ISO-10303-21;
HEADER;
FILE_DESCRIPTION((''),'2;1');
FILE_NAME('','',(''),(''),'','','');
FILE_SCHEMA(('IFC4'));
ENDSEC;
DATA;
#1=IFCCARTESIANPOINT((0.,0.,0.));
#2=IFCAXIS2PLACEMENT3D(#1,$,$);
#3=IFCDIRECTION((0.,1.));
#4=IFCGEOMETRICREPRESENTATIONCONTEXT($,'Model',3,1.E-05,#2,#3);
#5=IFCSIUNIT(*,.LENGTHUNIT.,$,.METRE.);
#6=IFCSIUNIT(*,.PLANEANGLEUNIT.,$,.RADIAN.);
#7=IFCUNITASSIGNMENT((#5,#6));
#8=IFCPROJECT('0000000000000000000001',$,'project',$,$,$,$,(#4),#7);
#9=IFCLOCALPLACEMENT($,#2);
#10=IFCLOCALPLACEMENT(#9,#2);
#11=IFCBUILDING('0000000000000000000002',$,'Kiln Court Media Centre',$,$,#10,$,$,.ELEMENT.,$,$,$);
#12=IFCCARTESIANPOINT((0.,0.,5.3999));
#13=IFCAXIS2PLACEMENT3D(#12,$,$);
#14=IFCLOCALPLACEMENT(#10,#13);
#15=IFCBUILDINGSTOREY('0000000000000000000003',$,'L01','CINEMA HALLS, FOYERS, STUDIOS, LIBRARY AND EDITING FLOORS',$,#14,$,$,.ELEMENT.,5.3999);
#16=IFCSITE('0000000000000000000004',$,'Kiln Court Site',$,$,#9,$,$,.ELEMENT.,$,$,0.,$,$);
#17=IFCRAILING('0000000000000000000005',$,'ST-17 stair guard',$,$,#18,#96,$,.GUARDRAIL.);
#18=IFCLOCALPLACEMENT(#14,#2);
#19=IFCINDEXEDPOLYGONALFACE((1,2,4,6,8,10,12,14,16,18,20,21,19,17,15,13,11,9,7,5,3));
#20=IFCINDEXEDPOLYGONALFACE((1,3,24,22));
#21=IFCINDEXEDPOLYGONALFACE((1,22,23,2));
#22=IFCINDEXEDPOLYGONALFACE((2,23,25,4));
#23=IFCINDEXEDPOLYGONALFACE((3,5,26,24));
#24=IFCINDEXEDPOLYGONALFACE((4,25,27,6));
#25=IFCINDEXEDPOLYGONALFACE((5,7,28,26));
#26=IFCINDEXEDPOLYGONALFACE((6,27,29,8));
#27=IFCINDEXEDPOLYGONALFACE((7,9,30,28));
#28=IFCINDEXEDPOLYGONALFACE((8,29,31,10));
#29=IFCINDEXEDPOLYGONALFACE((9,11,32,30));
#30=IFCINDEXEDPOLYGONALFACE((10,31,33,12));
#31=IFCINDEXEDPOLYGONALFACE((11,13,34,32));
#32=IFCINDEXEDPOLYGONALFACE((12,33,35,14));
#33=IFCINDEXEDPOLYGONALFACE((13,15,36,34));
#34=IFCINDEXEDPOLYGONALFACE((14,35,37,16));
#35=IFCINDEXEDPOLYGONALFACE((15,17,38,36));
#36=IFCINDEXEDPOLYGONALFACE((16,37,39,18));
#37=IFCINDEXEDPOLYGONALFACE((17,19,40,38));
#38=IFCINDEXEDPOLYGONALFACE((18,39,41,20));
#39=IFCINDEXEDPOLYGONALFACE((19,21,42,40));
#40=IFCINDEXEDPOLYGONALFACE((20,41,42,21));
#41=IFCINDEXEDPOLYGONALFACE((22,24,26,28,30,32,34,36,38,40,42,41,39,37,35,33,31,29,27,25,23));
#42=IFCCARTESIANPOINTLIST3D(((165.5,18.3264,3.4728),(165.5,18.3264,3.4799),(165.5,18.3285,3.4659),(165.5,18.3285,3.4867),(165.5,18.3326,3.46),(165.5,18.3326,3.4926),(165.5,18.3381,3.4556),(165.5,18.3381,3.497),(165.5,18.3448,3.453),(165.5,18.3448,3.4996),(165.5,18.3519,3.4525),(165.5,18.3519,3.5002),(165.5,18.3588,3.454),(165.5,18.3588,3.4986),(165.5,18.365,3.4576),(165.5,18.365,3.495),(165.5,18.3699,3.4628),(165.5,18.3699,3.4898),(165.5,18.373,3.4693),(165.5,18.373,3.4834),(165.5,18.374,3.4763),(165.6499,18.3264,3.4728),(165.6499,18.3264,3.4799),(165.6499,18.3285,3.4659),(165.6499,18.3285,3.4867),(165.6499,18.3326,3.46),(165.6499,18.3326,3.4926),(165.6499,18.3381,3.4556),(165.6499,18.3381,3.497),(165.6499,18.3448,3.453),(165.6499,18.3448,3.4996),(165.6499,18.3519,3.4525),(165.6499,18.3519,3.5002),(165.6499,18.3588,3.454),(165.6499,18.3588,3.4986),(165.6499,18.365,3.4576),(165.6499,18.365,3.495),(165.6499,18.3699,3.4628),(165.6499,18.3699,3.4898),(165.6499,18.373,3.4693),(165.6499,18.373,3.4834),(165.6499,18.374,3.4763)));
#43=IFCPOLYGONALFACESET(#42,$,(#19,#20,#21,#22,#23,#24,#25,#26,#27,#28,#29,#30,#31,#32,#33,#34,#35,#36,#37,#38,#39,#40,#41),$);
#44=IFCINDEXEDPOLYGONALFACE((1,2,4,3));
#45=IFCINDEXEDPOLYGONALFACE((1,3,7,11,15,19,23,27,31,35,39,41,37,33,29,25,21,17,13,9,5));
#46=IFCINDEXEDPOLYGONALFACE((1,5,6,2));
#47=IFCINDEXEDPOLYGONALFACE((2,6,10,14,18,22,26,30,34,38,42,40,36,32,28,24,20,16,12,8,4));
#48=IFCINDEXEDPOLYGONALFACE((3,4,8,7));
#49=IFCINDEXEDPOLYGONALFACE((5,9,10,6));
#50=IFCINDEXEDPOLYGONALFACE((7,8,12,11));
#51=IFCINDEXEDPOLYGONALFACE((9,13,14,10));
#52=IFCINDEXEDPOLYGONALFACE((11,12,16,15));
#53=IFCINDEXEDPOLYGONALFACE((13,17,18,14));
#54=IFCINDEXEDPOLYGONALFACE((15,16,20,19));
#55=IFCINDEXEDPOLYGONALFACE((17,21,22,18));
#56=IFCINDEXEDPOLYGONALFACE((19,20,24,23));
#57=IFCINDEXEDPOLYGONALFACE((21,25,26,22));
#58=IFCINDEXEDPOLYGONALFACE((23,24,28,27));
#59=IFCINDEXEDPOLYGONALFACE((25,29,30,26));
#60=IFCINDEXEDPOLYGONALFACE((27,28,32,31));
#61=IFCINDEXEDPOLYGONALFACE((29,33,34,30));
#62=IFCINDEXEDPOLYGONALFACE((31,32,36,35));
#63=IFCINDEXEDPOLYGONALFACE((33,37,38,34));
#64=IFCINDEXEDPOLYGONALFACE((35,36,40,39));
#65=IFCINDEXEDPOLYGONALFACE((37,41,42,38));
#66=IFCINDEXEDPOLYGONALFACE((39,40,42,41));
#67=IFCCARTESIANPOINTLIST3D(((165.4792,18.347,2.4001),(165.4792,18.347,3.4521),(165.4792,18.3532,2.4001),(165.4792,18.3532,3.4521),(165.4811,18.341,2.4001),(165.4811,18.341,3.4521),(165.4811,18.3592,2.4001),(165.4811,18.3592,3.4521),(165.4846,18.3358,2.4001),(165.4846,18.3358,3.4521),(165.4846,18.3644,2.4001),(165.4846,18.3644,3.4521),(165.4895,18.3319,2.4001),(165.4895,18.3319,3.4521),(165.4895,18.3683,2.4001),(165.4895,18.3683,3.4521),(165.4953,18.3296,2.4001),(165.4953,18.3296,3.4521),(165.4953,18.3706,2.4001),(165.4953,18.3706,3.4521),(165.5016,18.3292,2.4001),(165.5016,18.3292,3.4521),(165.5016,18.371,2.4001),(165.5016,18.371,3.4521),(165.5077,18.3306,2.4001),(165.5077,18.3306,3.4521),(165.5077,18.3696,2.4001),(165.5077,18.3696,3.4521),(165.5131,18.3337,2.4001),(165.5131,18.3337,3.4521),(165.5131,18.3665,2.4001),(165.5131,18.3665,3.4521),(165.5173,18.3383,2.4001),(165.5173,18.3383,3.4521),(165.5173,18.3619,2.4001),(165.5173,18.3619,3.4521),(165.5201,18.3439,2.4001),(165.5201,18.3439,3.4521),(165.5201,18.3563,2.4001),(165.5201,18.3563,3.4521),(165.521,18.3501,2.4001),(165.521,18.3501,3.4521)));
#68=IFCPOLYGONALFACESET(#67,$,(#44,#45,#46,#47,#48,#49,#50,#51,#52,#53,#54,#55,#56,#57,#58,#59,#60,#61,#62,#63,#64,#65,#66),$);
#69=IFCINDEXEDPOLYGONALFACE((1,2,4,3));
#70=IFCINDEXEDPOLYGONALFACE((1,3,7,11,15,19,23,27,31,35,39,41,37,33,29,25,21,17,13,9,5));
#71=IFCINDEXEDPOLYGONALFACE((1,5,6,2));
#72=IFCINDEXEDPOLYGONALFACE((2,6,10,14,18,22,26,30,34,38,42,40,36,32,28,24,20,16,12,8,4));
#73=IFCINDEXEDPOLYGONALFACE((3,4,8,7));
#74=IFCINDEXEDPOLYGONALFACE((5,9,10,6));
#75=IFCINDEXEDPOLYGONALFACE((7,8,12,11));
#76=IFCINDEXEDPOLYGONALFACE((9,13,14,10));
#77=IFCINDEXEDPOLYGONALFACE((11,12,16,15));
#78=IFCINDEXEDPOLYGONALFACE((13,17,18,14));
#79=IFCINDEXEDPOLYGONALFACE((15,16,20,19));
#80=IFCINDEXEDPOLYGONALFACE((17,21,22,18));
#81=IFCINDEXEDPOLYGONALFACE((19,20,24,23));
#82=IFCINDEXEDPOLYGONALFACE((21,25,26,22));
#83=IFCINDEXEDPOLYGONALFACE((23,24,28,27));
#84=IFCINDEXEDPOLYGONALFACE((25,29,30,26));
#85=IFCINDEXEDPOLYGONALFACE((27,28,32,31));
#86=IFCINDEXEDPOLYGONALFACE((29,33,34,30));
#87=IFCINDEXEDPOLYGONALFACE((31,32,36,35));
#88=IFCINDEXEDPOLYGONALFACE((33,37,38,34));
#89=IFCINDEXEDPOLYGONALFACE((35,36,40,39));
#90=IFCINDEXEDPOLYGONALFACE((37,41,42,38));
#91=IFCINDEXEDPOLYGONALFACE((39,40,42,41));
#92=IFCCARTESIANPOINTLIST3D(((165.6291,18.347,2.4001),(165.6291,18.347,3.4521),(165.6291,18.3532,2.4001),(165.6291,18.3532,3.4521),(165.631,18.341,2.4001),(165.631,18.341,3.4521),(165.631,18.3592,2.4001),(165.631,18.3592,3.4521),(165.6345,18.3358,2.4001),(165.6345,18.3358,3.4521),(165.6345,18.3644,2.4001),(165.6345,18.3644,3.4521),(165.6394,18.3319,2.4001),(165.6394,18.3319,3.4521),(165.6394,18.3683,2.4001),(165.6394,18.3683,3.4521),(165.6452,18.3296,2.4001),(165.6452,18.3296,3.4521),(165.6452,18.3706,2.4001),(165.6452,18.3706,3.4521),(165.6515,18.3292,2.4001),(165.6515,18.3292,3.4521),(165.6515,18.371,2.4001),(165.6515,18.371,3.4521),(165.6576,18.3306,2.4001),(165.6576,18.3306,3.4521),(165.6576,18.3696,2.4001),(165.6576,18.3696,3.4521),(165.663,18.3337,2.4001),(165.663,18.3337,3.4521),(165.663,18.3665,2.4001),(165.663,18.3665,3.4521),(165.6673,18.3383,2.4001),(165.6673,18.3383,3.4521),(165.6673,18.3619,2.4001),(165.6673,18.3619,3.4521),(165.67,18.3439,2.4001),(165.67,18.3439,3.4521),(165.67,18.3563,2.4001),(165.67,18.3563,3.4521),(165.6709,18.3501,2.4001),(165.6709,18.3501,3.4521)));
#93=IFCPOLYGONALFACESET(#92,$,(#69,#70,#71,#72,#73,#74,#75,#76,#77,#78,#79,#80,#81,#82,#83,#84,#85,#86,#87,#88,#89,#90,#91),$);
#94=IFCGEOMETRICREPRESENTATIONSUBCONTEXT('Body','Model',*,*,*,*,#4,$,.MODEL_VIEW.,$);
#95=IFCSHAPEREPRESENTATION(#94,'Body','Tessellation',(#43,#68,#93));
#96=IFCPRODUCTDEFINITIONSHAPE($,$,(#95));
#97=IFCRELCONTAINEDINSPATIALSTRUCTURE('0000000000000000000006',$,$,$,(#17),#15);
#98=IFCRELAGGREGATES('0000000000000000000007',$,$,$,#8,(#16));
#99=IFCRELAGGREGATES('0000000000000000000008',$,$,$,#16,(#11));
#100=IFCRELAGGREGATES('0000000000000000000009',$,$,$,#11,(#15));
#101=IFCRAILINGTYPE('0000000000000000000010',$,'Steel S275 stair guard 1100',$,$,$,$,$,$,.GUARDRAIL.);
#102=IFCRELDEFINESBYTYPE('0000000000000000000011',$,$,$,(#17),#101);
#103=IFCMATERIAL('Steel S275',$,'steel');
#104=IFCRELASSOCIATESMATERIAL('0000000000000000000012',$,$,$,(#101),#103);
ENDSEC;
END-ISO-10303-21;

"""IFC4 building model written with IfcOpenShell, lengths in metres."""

from ifc_helpers import new_model, si_unit, direction, frame, origin, origin_2d, place, context, subcontext, project, spatial, circle, extrude, material, type_object, element, save


model = new_model("IFC4")

# Units and contexts
model_context = context("Model", 3, precision=1e-05, world=origin(), true_north=direction((0.0, 1.0)))
body_context = subcontext(model_context, "Body", "Model", "MODEL_VIEW")
ifc_project = project(units=[si_unit("LENGTHUNIT", "METRE"), si_unit("PLANEANGLEUNIT", "RADIAN")], contexts=[model_context])

# Site, building, storey
site_placement = place(None, origin())
site = spatial("IfcSite", under=ifc_project, at=site_placement, Name="Kiln Court Site", CompositionType="ELEMENT", RefElevation=0.0)
building_placement = place(site_placement, origin())
building = spatial("IfcBuilding", under=site, at=building_placement, Name="Kiln Court Media Centre", CompositionType="ELEMENT")
storey_placement = place(building_placement, frame((0.0, 0.0, 5.3999)))
storey = spatial("IfcBuildingStorey", under=building, at=storey_placement, Name="L01", Description="CINEMA HALLS, FOYERS, STUDIOS, LIBRARY AND EDITING FLOORS", CompositionType="ELEMENT", Elevation=5.3999)

# Railing
ifc_material_1 = material(Name="Steel S275", Category="steel")
railing_type_1 = type_object("IfcRailingType", Name="Steel S275 stair guard 1100", PredefinedType="GUARDRAIL", material=ifc_material_1)
railing_1_placement = place(storey_placement, frame((165.5, 18.3501, 2.4001)))
element("IfcRailing", 1, at=railing_1_placement, inside=storey, type_object=railing_type_1, Name="ST-17 stair guard", PredefinedType="GUARDRAIL", context=body_context, shape_type="SweptSolid", body=[
    extrude(circle(Radius=0.0239, at=origin_2d()), frame((0.0, 0.0, 1.0762), z_axis=(1.0, 0.0, 0.0), x_axis=(0.0, 1.0, 0.0)), (0.0, 0.0, 1.0), 0.1499),
    extrude(circle(Radius=0.021, at=origin_2d()), origin(), (0.0, 0.0, 1.0), 1.052),
    extrude(circle(Radius=0.021, at=origin_2d()), frame((0.1499, 0.0, 0.0)), (0.0, 0.0, 1.0), 1.052),
])

save(model, "model.ifc")
